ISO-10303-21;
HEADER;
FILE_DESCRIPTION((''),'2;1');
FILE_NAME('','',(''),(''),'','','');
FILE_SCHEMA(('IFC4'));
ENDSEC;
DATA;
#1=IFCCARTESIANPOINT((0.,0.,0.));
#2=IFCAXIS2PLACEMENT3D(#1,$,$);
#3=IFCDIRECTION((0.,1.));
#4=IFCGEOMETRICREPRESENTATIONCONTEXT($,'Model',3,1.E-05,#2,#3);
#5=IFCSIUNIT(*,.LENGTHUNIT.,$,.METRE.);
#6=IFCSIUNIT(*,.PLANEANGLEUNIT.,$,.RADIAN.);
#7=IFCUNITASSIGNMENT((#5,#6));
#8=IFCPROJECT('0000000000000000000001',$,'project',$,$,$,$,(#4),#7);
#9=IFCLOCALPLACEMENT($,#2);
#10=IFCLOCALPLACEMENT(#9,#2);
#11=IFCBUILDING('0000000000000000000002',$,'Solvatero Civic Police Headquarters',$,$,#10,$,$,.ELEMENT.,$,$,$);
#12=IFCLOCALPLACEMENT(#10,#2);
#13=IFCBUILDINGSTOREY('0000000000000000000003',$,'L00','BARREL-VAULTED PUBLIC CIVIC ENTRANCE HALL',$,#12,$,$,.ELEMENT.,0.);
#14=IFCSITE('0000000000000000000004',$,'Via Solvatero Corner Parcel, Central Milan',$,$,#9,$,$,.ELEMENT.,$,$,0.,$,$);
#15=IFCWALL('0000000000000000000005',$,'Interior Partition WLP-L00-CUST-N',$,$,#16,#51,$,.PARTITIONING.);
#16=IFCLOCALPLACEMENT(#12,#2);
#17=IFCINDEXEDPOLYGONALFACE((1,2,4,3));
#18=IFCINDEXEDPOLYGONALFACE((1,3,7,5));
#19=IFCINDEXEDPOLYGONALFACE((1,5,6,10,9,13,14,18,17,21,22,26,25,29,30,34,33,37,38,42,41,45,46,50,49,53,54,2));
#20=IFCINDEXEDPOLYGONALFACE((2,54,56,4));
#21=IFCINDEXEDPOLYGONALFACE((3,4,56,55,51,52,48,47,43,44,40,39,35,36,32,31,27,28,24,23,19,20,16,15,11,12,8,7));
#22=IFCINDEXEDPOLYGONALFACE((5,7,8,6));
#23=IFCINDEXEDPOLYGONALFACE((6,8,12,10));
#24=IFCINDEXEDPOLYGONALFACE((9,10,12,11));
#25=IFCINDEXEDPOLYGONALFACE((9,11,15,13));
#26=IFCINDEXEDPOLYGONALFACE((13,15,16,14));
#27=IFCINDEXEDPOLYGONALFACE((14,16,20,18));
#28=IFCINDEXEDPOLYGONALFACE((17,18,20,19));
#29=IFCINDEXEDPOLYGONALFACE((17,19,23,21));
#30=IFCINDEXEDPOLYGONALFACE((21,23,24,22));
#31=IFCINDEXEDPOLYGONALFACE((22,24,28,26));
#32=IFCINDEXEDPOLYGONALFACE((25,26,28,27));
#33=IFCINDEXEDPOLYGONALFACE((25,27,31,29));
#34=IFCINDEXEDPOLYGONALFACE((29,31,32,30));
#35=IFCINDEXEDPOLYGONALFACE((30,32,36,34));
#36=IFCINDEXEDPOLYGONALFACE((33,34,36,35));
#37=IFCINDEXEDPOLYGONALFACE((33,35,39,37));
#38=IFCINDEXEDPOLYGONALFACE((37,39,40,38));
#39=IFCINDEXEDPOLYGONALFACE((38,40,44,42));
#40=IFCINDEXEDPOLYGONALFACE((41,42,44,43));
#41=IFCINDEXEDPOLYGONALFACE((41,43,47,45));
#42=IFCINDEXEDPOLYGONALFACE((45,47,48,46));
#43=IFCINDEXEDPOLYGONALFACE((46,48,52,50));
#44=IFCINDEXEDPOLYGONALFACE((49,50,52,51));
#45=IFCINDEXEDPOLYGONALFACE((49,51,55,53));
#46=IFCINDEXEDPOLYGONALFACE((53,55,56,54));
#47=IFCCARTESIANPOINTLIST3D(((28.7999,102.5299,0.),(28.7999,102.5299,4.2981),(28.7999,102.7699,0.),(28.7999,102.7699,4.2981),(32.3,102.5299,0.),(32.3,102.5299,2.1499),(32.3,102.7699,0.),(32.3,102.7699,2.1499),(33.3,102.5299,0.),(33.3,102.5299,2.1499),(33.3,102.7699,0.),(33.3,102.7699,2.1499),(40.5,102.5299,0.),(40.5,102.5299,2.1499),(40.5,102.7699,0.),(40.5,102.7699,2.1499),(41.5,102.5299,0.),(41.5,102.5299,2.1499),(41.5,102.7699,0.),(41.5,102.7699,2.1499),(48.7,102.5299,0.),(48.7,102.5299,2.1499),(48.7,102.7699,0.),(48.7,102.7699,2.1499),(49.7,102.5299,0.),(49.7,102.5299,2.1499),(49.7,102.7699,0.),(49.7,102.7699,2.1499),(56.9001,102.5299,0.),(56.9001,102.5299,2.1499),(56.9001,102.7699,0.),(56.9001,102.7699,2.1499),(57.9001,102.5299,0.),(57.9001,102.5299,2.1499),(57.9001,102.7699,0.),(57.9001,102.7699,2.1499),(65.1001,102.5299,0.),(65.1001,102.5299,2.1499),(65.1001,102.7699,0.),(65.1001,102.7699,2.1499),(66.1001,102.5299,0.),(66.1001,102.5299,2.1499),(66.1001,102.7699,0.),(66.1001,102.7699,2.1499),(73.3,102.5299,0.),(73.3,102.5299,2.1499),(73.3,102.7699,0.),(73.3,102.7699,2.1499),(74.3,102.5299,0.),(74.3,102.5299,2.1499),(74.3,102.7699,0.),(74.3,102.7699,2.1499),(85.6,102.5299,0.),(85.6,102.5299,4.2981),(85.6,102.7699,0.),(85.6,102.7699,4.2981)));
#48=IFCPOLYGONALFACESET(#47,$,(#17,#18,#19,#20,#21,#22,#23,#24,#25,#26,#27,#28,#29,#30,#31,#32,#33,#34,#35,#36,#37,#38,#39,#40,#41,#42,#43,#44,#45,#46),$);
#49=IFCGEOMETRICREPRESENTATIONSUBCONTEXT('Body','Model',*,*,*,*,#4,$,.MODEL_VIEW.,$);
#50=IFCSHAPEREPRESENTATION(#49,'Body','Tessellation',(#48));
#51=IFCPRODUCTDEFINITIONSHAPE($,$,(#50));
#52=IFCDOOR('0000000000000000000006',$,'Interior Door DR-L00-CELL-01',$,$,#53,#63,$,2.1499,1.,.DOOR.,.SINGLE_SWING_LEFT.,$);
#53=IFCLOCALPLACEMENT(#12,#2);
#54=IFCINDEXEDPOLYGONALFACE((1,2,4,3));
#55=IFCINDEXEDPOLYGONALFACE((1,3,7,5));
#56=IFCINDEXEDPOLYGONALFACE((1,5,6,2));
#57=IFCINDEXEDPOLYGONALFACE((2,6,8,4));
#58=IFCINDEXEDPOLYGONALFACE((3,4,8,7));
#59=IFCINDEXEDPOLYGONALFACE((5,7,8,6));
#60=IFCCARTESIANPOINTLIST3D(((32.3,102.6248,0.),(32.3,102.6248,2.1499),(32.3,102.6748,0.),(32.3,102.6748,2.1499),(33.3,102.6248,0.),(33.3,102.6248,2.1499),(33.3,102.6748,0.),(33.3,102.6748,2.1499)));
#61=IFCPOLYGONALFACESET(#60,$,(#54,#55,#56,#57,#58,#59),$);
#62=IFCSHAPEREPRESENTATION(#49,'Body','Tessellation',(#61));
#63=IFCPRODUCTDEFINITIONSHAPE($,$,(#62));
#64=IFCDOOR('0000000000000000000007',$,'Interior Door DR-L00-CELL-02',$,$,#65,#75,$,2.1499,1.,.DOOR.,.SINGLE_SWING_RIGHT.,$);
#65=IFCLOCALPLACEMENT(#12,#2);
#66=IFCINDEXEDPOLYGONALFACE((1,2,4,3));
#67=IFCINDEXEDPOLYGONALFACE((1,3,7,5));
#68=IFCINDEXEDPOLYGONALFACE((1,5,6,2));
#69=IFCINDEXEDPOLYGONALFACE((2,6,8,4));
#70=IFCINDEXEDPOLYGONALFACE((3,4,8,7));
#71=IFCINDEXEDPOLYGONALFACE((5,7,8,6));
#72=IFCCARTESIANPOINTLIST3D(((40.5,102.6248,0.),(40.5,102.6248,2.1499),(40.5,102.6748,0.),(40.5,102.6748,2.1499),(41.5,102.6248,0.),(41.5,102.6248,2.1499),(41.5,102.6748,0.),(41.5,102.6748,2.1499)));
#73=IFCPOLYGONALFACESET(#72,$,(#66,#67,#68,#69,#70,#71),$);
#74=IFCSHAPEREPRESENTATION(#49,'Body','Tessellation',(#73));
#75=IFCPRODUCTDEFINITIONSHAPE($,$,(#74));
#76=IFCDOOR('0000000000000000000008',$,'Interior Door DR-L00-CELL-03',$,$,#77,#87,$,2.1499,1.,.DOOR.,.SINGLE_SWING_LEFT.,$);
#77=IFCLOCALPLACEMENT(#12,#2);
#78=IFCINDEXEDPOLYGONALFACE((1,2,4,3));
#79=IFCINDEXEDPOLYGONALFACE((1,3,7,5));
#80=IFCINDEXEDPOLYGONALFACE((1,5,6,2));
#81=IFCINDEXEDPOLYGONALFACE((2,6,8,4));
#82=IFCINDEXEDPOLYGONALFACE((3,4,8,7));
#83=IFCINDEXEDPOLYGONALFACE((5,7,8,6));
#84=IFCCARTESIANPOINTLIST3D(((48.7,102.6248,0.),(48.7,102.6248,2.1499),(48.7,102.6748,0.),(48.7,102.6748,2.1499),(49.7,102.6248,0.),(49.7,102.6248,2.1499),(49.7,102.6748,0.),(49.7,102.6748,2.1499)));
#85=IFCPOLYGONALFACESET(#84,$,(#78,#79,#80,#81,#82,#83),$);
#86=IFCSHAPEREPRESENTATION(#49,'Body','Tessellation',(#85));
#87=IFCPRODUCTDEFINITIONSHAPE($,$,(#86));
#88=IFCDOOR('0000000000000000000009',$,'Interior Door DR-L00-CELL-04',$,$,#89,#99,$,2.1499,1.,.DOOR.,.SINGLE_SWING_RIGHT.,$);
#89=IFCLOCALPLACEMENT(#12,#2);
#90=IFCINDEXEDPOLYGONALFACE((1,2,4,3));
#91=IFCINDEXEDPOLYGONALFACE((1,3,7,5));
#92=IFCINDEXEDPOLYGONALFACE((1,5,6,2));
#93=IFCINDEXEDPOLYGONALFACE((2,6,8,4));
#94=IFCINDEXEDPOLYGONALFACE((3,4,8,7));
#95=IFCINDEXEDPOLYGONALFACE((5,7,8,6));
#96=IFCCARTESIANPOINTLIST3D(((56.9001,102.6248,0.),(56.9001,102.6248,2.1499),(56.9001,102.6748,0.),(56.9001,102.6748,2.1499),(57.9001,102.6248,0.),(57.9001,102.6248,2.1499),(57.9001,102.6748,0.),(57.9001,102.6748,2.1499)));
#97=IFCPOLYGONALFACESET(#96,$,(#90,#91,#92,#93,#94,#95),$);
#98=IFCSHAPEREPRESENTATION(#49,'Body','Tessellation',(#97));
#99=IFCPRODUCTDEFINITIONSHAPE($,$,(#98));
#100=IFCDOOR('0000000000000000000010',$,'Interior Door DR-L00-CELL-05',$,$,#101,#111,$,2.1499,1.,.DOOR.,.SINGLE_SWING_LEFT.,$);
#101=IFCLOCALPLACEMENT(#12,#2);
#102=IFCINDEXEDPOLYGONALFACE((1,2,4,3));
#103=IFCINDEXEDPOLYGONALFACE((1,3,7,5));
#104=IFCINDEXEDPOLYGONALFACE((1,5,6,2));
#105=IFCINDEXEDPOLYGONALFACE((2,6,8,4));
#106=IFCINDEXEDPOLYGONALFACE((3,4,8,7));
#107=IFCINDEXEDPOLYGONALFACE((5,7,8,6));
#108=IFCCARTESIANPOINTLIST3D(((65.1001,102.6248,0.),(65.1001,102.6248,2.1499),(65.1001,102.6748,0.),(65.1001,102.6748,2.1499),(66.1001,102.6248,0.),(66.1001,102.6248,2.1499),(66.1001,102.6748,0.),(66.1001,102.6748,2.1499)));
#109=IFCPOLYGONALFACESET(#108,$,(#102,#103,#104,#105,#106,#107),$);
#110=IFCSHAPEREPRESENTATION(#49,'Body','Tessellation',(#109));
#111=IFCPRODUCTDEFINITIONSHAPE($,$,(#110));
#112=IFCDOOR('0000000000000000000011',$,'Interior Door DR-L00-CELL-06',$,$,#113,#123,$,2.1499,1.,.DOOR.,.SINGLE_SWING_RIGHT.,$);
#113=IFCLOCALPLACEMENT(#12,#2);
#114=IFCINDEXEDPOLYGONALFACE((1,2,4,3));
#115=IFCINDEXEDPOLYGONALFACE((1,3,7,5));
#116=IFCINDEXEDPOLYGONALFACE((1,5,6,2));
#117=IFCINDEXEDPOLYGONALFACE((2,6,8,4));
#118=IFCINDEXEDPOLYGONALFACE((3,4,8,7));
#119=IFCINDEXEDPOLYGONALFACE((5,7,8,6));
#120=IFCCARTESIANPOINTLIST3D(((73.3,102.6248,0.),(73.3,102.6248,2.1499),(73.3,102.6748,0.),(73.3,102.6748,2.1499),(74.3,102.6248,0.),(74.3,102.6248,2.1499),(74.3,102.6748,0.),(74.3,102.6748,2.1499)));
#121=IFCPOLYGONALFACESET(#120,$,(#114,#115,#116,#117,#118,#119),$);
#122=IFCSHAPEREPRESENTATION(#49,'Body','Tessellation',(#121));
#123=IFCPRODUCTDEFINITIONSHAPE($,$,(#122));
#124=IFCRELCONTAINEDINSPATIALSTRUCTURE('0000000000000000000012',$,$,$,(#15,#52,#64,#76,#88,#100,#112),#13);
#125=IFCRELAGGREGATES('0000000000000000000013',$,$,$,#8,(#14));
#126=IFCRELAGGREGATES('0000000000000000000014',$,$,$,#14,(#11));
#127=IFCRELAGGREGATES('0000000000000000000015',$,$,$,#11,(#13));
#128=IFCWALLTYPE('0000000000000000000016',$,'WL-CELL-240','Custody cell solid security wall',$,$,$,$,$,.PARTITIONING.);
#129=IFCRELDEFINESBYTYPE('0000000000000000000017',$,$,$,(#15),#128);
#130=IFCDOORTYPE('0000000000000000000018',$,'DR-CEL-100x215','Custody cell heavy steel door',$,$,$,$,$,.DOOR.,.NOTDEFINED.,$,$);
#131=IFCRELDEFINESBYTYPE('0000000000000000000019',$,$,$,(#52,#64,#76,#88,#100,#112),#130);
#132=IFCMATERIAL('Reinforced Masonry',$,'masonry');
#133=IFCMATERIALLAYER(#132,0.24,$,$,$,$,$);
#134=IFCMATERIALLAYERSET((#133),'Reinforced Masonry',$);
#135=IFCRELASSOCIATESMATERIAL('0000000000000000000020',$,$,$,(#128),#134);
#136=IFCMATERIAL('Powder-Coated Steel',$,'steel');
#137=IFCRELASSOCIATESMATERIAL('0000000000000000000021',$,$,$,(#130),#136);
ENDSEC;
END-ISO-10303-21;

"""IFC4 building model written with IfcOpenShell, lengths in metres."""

from ifc_helpers import new_model, si_unit, direction, frame, frame_2d, origin, place, context, subcontext, project, spatial, rectangle, extrude, material, layer, layer_set, type_object, element, fill, save


model = new_model("IFC4")

# Units and contexts
model_context = context("Model", 3, precision=1e-05, world=origin(), true_north=direction((0.0, 1.0)))
body_context = subcontext(model_context, "Body", "Model", "MODEL_VIEW")
ifc_project = project(units=[si_unit("LENGTHUNIT", "METRE"), si_unit("PLANEANGLEUNIT", "RADIAN")], contexts=[model_context])

# Site, building, storey
site_placement = place(None, origin())
site = spatial("IfcSite", under=ifc_project, at=site_placement, Name="Via Solvatero Corner Parcel, Central Milan", CompositionType="ELEMENT", RefElevation=0.0)
building_placement = place(site_placement, origin())
building = spatial("IfcBuilding", under=site, at=building_placement, Name="Solvatero Civic Police Headquarters", CompositionType="ELEMENT")
storey_placement = place(building_placement, origin())
storey = spatial("IfcBuildingStorey", under=building, at=storey_placement, Name="L00", Description="BARREL-VAULTED PUBLIC CIVIC ENTRANCE HALL", CompositionType="ELEMENT", Elevation=0.0)

# Wall, openings, doors
ifc_material_1 = material(Name="Reinforced Masonry", Category="masonry")
ifc_layer = layer(ifc_material_1, 0.24)
ifc_layer_set = layer_set([ifc_layer], Name="Reinforced Masonry")
wall_type = type_object("IfcWallType", Name="WL-CELL-240", Description="Custody cell solid security wall", PredefinedType="PARTITIONING", material=ifc_layer_set)
wall_placement = place(storey_placement, frame((28.8, 102.6499, 0.0), z_axis=(0.0, 0.0, 1.0), x_axis=(1.0, 0.0, 0.0)))
wall = element("IfcWall", 1, at=wall_placement, inside=storey, type_object=wall_type, Name="Interior Partition WLP-L00-CUST-N", PredefinedType="PARTITIONING", context=body_context, shape_type="SweptSolid", body=[
    extrude(rectangle(XDim=56.8, YDim=0.24, at=frame_2d((28.3999, 0.0))), origin(), (0.0, 0.0, 1.0), 4.2981),
])
opening_1_placement = place(wall_placement, frame((3.5, 0.0, 0.0)))
opening_1 = element("IfcOpeningElement", 2, at=opening_1_placement, cuts=wall, PredefinedType="OPENING", context=body_context, shape_type="SweptSolid", body=[
    extrude(rectangle(XDim=1.0, YDim=2.1499, at=frame_2d((0.5, 1.075))), frame((0.0, 0.1299, 0.0), z_axis=(0.0, -1.0, 0.0), x_axis=(1.0, 0.0, 0.0)), (0.0, 0.0, 1.0), 0.26),
])
opening_2_placement = place(wall_placement, frame((11.7, 0.0, 0.0)))
opening_2 = element("IfcOpeningElement", 3, at=opening_2_placement, cuts=wall, PredefinedType="OPENING", context=body_context, shape_type="SweptSolid", body=[
    extrude(rectangle(XDim=1.0, YDim=2.1499, at=frame_2d((0.5, 1.075))), frame((0.0, 0.1299, 0.0), z_axis=(0.0, -1.0, 0.0), x_axis=(1.0, 0.0, 0.0)), (0.0, 0.0, 1.0), 0.26),
])
opening_3_placement = place(wall_placement, frame((19.8999, 0.0, 0.0)))
opening_3 = element("IfcOpeningElement", 4, at=opening_3_placement, cuts=wall, PredefinedType="OPENING", context=body_context, shape_type="SweptSolid", body=[
    extrude(rectangle(XDim=1.0, YDim=2.1499, at=frame_2d((0.5, 1.075))), frame((0.0, 0.1299, 0.0), z_axis=(0.0, -1.0, 0.0), x_axis=(1.0, 0.0, 0.0)), (0.0, 0.0, 1.0), 0.26),
])
opening_4_placement = place(wall_placement, frame((28.1001, 0.0, 0.0)))
opening_4 = element("IfcOpeningElement", 5, at=opening_4_placement, cuts=wall, PredefinedType="OPENING", context=body_context, shape_type="SweptSolid", body=[
    extrude(rectangle(XDim=1.0, YDim=2.1499, at=frame_2d((0.5, 1.075))), frame((0.0, 0.1299, 0.0), z_axis=(0.0, -1.0, 0.0), x_axis=(1.0, 0.0, 0.0)), (0.0, 0.0, 1.0), 0.26),
])
opening_5_placement = place(wall_placement, frame((36.3, 0.0, 0.0)))
opening_5 = element("IfcOpeningElement", 6, at=opening_5_placement, cuts=wall, PredefinedType="OPENING", context=body_context, shape_type="SweptSolid", body=[
    extrude(rectangle(XDim=1.0, YDim=2.1499, at=frame_2d((0.5, 1.075))), frame((0.0, 0.1299, 0.0), z_axis=(0.0, -1.0, 0.0), x_axis=(1.0, 0.0, 0.0)), (0.0, 0.0, 1.0), 0.26),
])
opening_6_placement = place(wall_placement, frame((44.5, 0.0, 0.0)))
opening_6 = element("IfcOpeningElement", 7, at=opening_6_placement, cuts=wall, PredefinedType="OPENING", context=body_context, shape_type="SweptSolid", body=[
    extrude(rectangle(XDim=1.0, YDim=2.1499, at=frame_2d((0.5, 1.075))), frame((0.0, 0.1299, 0.0), z_axis=(0.0, -1.0, 0.0), x_axis=(1.0, 0.0, 0.0)), (0.0, 0.0, 1.0), 0.26),
])
ifc_material_2 = material(Name="Powder-Coated Steel", Category="steel")
door_type = type_object("IfcDoorType", Name="DR-CEL-100x215", Description="Custody cell heavy steel door", OperationType="NOTDEFINED", PredefinedType="DOOR", material=ifc_material_2)
door_1_placement = place(opening_1_placement, origin())
door_1 = element("IfcDoor", 8, at=door_1_placement, inside=storey, type_object=door_type, Name="Interior Door DR-L00-CELL-01", OperationType="SINGLE_SWING_LEFT", OverallHeight=2.1499, OverallWidth=1.0, PredefinedType="DOOR", context=body_context, shape_type="SweptSolid", body=[
    extrude(rectangle(XDim=1.0, YDim=2.1499, at=frame_2d((0.5, 1.075))), frame((0.0, 0.0249, 0.0), z_axis=(0.0, -1.0, 0.0), x_axis=(1.0, 0.0, 0.0)), (0.0, 0.0, 1.0), 0.05),
])
fill(opening_1, door_1)
door_2_placement = place(opening_2_placement, origin())
door_2 = element("IfcDoor", 9, at=door_2_placement, inside=storey, type_object=door_type, Name="Interior Door DR-L00-CELL-02", OperationType="SINGLE_SWING_RIGHT", OverallHeight=2.1499, OverallWidth=1.0, PredefinedType="DOOR", context=body_context, shape_type="SweptSolid", body=[
    extrude(rectangle(XDim=1.0, YDim=2.1499, at=frame_2d((0.5, 1.075))), frame((0.0, 0.0249, 0.0), z_axis=(0.0, -1.0, 0.0), x_axis=(1.0, 0.0, 0.0)), (0.0, 0.0, 1.0), 0.05),
])
fill(opening_2, door_2)
door_3_placement = place(opening_3_placement, origin())
door_3 = element("IfcDoor", 10, at=door_3_placement, inside=storey, type_object=door_type, Name="Interior Door DR-L00-CELL-03", OperationType="SINGLE_SWING_LEFT", OverallHeight=2.1499, OverallWidth=1.0, PredefinedType="DOOR", context=body_context, shape_type="SweptSolid", body=[
    extrude(rectangle(XDim=1.0, YDim=2.1499, at=frame_2d((0.5, 1.075))), frame((0.0, 0.0249, 0.0), z_axis=(0.0, -1.0, 0.0), x_axis=(1.0, 0.0, 0.0)), (0.0, 0.0, 1.0), 0.05),
])
fill(opening_3, door_3)
door_4_placement = place(opening_4_placement, origin())
door_4 = element("IfcDoor", 11, at=door_4_placement, inside=storey, type_object=door_type, Name="Interior Door DR-L00-CELL-04", OperationType="SINGLE_SWING_RIGHT", OverallHeight=2.1499, OverallWidth=1.0, PredefinedType="DOOR", context=body_context, shape_type="SweptSolid", body=[
    extrude(rectangle(XDim=1.0, YDim=2.1499, at=frame_2d((0.5, 1.075))), frame((0.0, 0.0249, 0.0), z_axis=(0.0, -1.0, 0.0), x_axis=(1.0, 0.0, 0.0)), (0.0, 0.0, 1.0), 0.05),
])
fill(opening_4, door_4)
door_5_placement = place(opening_5_placement, origin())
door_5 = element("IfcDoor", 12, at=door_5_placement, inside=storey, type_object=door_type, Name="Interior Door DR-L00-CELL-05", OperationType="SINGLE_SWING_LEFT", OverallHeight=2.1499, OverallWidth=1.0, PredefinedType="DOOR", context=body_context, shape_type="SweptSolid", body=[
    extrude(rectangle(XDim=1.0, YDim=2.1499, at=frame_2d((0.5, 1.075))), frame((0.0, 0.0249, 0.0), z_axis=(0.0, -1.0, 0.0), x_axis=(1.0, 0.0, 0.0)), (0.0, 0.0, 1.0), 0.05),
])
fill(opening_5, door_5)
door_6_placement = place(opening_6_placement, origin())
door_6 = element("IfcDoor", 13, at=door_6_placement, inside=storey, type_object=door_type, Name="Interior Door DR-L00-CELL-06", OperationType="SINGLE_SWING_RIGHT", OverallHeight=2.1499, OverallWidth=1.0, PredefinedType="DOOR", context=body_context, shape_type="SweptSolid", body=[
    extrude(rectangle(XDim=1.0, YDim=2.1499, at=frame_2d((0.5, 1.075))), frame((0.0, 0.0249, 0.0), z_axis=(0.0, -1.0, 0.0), x_axis=(1.0, 0.0, 0.0)), (0.0, 0.0, 1.0), 0.05),
])
fill(opening_6, door_6)

save(model, "model.ifc")
